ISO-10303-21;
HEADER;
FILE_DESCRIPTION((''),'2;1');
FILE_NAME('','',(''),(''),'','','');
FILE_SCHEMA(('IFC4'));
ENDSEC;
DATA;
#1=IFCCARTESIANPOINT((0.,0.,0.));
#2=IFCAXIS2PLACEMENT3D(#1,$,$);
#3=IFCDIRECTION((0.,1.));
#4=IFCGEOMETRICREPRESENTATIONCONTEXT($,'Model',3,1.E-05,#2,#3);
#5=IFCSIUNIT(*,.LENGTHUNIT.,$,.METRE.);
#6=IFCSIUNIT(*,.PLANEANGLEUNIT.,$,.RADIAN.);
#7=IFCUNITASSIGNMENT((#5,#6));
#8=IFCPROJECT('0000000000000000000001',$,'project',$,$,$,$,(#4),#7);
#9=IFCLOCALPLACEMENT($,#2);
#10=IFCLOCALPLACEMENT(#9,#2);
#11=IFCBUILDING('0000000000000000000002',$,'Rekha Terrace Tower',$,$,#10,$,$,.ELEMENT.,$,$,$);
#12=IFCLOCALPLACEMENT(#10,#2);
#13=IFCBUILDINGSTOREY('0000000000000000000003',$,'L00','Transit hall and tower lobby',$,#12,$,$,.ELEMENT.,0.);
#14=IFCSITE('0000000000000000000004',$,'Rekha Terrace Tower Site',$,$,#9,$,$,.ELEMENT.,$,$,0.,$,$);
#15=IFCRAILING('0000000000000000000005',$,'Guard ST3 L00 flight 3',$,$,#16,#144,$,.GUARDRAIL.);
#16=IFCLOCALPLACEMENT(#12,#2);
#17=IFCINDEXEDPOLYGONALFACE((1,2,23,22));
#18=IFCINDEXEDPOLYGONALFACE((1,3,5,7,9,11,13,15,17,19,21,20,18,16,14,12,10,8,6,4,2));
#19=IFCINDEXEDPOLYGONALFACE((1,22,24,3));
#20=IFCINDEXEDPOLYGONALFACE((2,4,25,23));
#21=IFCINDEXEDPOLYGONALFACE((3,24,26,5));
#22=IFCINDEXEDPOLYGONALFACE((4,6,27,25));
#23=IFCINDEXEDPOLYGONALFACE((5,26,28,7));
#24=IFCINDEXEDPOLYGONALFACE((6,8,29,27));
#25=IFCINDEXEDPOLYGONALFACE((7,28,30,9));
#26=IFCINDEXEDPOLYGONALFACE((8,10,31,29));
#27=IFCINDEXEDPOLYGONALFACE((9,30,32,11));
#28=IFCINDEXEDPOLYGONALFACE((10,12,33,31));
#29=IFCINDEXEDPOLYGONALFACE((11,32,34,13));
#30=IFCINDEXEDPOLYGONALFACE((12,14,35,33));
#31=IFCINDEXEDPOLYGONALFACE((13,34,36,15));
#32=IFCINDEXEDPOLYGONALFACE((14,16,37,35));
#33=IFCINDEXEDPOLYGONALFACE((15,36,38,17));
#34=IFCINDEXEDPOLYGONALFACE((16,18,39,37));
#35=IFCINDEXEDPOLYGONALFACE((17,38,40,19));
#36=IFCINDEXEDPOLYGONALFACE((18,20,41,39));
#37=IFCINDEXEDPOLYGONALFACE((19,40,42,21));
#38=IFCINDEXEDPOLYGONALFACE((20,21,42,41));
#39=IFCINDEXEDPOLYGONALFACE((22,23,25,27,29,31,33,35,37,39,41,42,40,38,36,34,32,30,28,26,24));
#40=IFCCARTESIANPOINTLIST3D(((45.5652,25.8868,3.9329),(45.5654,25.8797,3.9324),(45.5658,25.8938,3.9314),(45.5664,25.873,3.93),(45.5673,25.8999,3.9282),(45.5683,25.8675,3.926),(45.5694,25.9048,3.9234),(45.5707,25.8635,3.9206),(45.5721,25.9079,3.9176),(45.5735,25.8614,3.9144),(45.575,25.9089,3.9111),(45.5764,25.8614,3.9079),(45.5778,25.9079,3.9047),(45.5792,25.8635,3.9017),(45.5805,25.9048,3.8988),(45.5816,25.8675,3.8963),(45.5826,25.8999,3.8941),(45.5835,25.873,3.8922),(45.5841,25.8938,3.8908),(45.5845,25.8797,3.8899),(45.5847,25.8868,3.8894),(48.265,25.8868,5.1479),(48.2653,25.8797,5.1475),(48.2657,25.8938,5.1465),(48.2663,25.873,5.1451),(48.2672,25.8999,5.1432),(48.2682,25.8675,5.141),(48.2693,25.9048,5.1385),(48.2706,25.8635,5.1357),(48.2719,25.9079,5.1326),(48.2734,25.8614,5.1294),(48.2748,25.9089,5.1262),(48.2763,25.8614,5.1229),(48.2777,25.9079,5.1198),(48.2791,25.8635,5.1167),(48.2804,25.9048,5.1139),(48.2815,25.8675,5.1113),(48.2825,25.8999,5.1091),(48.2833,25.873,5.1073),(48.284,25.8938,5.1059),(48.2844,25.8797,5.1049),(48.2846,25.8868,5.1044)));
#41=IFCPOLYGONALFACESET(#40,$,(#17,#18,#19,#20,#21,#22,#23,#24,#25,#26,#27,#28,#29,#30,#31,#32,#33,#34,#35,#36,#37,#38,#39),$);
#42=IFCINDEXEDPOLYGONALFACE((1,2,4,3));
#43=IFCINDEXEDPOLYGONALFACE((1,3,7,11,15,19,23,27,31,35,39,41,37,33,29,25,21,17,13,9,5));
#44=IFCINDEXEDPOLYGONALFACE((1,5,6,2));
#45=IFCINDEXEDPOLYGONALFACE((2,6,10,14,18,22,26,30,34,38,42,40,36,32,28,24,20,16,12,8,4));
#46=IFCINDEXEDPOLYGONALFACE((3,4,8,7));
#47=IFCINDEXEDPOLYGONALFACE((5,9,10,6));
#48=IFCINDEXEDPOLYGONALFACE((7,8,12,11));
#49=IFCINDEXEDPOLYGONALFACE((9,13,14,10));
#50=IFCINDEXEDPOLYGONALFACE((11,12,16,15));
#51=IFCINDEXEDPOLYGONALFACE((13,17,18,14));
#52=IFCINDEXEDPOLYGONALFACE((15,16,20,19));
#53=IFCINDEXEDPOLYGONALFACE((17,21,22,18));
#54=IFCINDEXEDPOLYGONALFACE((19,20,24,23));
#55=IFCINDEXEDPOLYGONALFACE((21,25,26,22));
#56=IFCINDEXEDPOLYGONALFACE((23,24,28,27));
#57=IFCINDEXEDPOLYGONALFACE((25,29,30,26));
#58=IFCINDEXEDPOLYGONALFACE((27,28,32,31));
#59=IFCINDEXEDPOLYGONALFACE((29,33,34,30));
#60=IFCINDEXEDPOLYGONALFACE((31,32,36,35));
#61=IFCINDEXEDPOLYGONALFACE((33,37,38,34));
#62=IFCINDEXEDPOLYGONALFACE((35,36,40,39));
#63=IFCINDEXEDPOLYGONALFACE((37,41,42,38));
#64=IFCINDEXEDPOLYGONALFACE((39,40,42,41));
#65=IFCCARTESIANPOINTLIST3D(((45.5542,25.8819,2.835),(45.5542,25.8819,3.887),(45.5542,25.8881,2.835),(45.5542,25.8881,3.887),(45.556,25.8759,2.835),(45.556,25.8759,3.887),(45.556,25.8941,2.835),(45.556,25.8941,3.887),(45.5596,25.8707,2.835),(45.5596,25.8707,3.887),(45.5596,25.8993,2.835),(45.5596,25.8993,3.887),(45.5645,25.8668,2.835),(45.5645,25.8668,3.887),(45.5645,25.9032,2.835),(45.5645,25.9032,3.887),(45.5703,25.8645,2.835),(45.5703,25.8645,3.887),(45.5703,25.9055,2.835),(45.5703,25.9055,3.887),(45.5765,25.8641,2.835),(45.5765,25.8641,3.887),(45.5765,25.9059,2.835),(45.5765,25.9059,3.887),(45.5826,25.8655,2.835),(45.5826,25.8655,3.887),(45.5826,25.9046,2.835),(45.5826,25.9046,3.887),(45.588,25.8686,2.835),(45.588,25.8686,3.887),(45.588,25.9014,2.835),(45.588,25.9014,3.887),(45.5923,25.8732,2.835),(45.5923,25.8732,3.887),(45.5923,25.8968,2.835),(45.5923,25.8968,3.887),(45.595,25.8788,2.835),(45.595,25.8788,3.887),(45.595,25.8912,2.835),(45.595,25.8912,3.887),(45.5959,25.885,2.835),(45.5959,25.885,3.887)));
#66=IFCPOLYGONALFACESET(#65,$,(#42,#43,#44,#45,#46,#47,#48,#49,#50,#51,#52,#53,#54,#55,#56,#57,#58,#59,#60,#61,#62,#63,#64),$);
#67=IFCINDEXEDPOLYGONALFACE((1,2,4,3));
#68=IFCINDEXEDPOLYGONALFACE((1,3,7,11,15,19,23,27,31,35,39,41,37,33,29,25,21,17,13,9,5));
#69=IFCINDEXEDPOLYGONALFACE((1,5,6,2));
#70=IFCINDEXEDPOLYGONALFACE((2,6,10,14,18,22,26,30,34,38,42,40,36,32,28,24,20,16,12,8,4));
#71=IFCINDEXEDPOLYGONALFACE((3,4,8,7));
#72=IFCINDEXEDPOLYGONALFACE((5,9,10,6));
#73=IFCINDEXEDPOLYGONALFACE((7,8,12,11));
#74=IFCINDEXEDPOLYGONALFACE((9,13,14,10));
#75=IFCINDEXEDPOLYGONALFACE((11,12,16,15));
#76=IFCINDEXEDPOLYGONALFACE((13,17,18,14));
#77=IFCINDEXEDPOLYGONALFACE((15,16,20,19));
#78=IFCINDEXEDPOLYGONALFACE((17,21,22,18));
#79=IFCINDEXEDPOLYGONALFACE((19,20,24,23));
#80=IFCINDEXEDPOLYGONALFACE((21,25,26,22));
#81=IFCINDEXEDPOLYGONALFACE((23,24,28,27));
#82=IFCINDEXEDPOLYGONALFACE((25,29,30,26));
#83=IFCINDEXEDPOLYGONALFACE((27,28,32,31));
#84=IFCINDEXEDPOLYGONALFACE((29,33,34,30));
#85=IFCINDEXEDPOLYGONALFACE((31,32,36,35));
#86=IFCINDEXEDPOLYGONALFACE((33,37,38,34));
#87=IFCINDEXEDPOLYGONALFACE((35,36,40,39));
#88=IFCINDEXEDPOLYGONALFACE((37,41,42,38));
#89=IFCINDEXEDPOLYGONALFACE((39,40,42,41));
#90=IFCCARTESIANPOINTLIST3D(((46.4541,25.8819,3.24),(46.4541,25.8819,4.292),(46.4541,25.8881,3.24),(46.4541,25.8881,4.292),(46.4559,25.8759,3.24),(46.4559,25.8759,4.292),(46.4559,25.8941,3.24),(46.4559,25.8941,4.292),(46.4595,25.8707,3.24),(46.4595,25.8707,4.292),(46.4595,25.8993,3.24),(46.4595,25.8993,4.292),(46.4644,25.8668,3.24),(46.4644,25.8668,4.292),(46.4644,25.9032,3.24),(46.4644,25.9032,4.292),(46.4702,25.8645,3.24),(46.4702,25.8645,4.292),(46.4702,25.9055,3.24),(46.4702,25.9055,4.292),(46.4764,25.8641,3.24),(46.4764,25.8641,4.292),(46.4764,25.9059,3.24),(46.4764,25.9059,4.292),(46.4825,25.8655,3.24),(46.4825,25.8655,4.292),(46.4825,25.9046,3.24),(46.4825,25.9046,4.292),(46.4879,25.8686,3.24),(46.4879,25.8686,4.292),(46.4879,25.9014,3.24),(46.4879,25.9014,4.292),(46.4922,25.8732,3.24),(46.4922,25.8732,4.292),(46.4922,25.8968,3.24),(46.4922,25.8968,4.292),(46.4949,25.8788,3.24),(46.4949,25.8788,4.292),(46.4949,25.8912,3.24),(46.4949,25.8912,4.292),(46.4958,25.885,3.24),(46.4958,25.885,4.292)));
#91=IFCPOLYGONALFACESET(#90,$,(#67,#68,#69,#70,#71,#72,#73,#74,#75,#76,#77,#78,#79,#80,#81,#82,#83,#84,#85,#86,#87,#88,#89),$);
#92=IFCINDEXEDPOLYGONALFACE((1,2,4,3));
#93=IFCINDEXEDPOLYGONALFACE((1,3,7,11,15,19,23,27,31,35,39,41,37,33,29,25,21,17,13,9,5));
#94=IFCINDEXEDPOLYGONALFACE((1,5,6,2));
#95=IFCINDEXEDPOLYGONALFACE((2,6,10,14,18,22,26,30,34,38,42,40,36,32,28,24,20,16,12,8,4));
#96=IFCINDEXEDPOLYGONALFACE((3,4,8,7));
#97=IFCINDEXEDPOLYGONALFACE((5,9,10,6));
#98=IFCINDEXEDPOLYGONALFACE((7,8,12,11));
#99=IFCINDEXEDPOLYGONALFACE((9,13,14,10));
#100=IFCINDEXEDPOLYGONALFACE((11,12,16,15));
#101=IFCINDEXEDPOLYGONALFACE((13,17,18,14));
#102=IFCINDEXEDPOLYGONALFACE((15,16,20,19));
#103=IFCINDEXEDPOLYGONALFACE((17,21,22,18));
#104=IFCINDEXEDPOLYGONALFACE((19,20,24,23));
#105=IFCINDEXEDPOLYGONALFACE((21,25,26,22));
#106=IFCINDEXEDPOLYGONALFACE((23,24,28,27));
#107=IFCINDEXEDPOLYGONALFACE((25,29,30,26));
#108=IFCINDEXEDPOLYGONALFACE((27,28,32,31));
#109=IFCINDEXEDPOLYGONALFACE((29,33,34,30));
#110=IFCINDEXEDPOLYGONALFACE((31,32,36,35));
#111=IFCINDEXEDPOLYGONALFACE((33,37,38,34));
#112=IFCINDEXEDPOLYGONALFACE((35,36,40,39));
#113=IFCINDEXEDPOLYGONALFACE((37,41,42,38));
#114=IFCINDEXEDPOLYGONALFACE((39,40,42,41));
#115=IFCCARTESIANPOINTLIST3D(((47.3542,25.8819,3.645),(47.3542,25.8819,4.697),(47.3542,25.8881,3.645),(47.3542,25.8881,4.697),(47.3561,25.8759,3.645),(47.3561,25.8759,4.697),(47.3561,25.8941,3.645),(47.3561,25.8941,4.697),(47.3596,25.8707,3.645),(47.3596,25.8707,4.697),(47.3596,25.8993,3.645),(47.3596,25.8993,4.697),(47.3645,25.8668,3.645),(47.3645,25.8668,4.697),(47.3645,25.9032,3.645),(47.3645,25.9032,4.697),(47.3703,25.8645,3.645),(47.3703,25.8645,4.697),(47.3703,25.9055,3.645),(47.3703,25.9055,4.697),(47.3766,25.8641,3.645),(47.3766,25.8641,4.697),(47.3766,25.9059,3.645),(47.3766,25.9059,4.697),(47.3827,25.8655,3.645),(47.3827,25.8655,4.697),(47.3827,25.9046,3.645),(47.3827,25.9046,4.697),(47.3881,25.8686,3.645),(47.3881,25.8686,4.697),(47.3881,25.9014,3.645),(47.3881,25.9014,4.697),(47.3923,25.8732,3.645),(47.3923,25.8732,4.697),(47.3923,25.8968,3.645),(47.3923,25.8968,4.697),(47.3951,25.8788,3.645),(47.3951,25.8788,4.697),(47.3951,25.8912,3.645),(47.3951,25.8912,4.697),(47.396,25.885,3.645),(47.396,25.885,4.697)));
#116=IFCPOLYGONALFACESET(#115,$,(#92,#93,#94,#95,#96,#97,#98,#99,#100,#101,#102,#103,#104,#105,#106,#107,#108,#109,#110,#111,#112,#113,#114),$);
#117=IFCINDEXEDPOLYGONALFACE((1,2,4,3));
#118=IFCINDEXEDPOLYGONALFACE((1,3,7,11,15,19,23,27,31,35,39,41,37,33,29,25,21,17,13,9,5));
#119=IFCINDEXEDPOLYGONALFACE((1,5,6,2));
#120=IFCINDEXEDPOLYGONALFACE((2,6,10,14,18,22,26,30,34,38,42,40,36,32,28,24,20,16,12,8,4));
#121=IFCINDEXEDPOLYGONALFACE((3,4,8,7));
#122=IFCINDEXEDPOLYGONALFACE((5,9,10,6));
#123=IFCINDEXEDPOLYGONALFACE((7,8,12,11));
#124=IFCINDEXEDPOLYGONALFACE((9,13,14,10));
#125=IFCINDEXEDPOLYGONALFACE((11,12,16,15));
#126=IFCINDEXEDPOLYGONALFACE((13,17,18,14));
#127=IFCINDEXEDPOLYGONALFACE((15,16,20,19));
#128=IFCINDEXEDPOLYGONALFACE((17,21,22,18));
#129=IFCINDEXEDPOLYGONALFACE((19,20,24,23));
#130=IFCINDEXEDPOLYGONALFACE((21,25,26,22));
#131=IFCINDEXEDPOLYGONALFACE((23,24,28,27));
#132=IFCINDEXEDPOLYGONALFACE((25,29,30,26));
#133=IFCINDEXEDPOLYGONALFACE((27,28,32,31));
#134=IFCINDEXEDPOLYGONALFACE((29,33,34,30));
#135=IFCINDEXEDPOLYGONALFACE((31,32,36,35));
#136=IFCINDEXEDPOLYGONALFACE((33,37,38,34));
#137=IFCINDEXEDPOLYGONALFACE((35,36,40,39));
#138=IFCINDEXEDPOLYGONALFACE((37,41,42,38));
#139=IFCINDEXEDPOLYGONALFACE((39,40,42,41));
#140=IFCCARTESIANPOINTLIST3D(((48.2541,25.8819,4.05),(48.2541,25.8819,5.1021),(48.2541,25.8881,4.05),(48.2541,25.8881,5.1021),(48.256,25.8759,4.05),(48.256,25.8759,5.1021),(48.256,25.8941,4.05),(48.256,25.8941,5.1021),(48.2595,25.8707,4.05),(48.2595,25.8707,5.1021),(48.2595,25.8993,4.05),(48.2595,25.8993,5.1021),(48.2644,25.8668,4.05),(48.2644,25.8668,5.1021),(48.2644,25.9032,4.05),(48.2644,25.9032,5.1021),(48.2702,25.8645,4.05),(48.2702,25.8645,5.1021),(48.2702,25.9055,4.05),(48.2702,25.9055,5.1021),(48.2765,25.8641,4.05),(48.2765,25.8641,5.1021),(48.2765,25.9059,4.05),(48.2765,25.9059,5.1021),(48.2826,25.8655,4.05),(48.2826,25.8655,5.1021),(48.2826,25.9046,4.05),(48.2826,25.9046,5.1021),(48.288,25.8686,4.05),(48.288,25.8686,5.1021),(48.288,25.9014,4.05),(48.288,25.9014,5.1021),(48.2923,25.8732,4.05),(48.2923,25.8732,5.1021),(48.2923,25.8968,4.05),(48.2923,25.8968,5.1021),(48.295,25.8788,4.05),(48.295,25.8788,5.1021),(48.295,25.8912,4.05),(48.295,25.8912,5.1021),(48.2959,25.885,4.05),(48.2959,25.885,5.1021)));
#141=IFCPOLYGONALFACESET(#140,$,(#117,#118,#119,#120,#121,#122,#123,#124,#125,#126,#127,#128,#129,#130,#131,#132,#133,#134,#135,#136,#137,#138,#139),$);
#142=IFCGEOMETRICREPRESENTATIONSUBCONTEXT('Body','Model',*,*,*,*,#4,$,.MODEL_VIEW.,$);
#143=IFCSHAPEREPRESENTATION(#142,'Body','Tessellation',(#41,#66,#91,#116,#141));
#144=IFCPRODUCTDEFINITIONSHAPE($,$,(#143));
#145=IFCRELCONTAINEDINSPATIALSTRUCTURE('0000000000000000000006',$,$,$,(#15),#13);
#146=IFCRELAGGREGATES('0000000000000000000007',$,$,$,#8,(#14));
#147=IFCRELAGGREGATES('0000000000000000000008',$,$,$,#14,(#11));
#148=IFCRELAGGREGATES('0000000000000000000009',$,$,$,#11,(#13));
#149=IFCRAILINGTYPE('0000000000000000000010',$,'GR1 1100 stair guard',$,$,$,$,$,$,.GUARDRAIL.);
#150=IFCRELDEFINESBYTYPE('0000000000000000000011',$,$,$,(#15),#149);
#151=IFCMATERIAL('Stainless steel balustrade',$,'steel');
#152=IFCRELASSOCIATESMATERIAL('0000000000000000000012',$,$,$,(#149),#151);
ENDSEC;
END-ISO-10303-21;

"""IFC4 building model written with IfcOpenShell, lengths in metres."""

from ifc_helpers import new_model, si_unit, direction, frame, origin, origin_2d, place, context, subcontext, project, spatial, circle, extrude, material, type_object, element, save


model = new_model("IFC4")

# Units and contexts
model_context = context("Model", 3, precision=1e-05, world=origin(), true_north=direction((0.0, 1.0)))
body_context = subcontext(model_context, "Body", "Model", "MODEL_VIEW")
ifc_project = project(units=[si_unit("LENGTHUNIT", "METRE"), si_unit("PLANEANGLEUNIT", "RADIAN")], contexts=[model_context])

# Site, building, storey
site_placement = place(None, origin())
site = spatial("IfcSite", under=ifc_project, at=site_placement, Name="Rekha Terrace Tower Site", CompositionType="ELEMENT", RefElevation=0.0)
building_placement = place(site_placement, origin())
building = spatial("IfcBuilding", under=site, at=building_placement, Name="Rekha Terrace Tower", CompositionType="ELEMENT")
storey_placement = place(building_placement, origin())
storey = spatial("IfcBuildingStorey", under=building, at=storey_placement, Name="L00", Description="Transit hall and tower lobby", CompositionType="ELEMENT", Elevation=0.0)

# Railing
ifc_material_1 = material(Name="Stainless steel balustrade", Category="steel")
railing_type_1 = type_object("IfcRailingType", Name="GR1 1100 stair guard", PredefinedType="GUARDRAIL", material=ifc_material_1)
railing_1_placement = place(storey_placement, frame((45.575, 25.885, 2.835)))
element("IfcRailing", 1, at=railing_1_placement, inside=storey, type_object=railing_type_1, Name="Guard ST3 L00 flight 3", PredefinedType="GUARDRAIL", context=body_context, shape_type="SweptSolid", body=[
    extrude(circle(Radius=0.0239, at=origin_2d()), frame((0.0, 0.0, 1.0762), z_axis=(0.911908, 0.0, 0.410396), x_axis=(0.0, 1.0, 0.0)), (0.0, 0.0, 1.0), 2.9607),
    extrude(circle(Radius=0.021, at=origin_2d()), origin(), (0.0, 0.0, 1.0), 1.052),
    extrude(circle(Radius=0.021, at=origin_2d()), frame((0.8999, 0.0, 0.405)), (0.0, 0.0, 1.0), 1.052),
    extrude(circle(Radius=0.021, at=origin_2d()), frame((1.8, 0.0, 0.8101)), (0.0, 0.0, 1.0), 1.052),
    extrude(circle(Radius=0.021, at=origin_2d()), frame((2.7, 0.0, 1.2151)), (0.0, 0.0, 1.0), 1.052),
])

save(model, "model.ifc")
